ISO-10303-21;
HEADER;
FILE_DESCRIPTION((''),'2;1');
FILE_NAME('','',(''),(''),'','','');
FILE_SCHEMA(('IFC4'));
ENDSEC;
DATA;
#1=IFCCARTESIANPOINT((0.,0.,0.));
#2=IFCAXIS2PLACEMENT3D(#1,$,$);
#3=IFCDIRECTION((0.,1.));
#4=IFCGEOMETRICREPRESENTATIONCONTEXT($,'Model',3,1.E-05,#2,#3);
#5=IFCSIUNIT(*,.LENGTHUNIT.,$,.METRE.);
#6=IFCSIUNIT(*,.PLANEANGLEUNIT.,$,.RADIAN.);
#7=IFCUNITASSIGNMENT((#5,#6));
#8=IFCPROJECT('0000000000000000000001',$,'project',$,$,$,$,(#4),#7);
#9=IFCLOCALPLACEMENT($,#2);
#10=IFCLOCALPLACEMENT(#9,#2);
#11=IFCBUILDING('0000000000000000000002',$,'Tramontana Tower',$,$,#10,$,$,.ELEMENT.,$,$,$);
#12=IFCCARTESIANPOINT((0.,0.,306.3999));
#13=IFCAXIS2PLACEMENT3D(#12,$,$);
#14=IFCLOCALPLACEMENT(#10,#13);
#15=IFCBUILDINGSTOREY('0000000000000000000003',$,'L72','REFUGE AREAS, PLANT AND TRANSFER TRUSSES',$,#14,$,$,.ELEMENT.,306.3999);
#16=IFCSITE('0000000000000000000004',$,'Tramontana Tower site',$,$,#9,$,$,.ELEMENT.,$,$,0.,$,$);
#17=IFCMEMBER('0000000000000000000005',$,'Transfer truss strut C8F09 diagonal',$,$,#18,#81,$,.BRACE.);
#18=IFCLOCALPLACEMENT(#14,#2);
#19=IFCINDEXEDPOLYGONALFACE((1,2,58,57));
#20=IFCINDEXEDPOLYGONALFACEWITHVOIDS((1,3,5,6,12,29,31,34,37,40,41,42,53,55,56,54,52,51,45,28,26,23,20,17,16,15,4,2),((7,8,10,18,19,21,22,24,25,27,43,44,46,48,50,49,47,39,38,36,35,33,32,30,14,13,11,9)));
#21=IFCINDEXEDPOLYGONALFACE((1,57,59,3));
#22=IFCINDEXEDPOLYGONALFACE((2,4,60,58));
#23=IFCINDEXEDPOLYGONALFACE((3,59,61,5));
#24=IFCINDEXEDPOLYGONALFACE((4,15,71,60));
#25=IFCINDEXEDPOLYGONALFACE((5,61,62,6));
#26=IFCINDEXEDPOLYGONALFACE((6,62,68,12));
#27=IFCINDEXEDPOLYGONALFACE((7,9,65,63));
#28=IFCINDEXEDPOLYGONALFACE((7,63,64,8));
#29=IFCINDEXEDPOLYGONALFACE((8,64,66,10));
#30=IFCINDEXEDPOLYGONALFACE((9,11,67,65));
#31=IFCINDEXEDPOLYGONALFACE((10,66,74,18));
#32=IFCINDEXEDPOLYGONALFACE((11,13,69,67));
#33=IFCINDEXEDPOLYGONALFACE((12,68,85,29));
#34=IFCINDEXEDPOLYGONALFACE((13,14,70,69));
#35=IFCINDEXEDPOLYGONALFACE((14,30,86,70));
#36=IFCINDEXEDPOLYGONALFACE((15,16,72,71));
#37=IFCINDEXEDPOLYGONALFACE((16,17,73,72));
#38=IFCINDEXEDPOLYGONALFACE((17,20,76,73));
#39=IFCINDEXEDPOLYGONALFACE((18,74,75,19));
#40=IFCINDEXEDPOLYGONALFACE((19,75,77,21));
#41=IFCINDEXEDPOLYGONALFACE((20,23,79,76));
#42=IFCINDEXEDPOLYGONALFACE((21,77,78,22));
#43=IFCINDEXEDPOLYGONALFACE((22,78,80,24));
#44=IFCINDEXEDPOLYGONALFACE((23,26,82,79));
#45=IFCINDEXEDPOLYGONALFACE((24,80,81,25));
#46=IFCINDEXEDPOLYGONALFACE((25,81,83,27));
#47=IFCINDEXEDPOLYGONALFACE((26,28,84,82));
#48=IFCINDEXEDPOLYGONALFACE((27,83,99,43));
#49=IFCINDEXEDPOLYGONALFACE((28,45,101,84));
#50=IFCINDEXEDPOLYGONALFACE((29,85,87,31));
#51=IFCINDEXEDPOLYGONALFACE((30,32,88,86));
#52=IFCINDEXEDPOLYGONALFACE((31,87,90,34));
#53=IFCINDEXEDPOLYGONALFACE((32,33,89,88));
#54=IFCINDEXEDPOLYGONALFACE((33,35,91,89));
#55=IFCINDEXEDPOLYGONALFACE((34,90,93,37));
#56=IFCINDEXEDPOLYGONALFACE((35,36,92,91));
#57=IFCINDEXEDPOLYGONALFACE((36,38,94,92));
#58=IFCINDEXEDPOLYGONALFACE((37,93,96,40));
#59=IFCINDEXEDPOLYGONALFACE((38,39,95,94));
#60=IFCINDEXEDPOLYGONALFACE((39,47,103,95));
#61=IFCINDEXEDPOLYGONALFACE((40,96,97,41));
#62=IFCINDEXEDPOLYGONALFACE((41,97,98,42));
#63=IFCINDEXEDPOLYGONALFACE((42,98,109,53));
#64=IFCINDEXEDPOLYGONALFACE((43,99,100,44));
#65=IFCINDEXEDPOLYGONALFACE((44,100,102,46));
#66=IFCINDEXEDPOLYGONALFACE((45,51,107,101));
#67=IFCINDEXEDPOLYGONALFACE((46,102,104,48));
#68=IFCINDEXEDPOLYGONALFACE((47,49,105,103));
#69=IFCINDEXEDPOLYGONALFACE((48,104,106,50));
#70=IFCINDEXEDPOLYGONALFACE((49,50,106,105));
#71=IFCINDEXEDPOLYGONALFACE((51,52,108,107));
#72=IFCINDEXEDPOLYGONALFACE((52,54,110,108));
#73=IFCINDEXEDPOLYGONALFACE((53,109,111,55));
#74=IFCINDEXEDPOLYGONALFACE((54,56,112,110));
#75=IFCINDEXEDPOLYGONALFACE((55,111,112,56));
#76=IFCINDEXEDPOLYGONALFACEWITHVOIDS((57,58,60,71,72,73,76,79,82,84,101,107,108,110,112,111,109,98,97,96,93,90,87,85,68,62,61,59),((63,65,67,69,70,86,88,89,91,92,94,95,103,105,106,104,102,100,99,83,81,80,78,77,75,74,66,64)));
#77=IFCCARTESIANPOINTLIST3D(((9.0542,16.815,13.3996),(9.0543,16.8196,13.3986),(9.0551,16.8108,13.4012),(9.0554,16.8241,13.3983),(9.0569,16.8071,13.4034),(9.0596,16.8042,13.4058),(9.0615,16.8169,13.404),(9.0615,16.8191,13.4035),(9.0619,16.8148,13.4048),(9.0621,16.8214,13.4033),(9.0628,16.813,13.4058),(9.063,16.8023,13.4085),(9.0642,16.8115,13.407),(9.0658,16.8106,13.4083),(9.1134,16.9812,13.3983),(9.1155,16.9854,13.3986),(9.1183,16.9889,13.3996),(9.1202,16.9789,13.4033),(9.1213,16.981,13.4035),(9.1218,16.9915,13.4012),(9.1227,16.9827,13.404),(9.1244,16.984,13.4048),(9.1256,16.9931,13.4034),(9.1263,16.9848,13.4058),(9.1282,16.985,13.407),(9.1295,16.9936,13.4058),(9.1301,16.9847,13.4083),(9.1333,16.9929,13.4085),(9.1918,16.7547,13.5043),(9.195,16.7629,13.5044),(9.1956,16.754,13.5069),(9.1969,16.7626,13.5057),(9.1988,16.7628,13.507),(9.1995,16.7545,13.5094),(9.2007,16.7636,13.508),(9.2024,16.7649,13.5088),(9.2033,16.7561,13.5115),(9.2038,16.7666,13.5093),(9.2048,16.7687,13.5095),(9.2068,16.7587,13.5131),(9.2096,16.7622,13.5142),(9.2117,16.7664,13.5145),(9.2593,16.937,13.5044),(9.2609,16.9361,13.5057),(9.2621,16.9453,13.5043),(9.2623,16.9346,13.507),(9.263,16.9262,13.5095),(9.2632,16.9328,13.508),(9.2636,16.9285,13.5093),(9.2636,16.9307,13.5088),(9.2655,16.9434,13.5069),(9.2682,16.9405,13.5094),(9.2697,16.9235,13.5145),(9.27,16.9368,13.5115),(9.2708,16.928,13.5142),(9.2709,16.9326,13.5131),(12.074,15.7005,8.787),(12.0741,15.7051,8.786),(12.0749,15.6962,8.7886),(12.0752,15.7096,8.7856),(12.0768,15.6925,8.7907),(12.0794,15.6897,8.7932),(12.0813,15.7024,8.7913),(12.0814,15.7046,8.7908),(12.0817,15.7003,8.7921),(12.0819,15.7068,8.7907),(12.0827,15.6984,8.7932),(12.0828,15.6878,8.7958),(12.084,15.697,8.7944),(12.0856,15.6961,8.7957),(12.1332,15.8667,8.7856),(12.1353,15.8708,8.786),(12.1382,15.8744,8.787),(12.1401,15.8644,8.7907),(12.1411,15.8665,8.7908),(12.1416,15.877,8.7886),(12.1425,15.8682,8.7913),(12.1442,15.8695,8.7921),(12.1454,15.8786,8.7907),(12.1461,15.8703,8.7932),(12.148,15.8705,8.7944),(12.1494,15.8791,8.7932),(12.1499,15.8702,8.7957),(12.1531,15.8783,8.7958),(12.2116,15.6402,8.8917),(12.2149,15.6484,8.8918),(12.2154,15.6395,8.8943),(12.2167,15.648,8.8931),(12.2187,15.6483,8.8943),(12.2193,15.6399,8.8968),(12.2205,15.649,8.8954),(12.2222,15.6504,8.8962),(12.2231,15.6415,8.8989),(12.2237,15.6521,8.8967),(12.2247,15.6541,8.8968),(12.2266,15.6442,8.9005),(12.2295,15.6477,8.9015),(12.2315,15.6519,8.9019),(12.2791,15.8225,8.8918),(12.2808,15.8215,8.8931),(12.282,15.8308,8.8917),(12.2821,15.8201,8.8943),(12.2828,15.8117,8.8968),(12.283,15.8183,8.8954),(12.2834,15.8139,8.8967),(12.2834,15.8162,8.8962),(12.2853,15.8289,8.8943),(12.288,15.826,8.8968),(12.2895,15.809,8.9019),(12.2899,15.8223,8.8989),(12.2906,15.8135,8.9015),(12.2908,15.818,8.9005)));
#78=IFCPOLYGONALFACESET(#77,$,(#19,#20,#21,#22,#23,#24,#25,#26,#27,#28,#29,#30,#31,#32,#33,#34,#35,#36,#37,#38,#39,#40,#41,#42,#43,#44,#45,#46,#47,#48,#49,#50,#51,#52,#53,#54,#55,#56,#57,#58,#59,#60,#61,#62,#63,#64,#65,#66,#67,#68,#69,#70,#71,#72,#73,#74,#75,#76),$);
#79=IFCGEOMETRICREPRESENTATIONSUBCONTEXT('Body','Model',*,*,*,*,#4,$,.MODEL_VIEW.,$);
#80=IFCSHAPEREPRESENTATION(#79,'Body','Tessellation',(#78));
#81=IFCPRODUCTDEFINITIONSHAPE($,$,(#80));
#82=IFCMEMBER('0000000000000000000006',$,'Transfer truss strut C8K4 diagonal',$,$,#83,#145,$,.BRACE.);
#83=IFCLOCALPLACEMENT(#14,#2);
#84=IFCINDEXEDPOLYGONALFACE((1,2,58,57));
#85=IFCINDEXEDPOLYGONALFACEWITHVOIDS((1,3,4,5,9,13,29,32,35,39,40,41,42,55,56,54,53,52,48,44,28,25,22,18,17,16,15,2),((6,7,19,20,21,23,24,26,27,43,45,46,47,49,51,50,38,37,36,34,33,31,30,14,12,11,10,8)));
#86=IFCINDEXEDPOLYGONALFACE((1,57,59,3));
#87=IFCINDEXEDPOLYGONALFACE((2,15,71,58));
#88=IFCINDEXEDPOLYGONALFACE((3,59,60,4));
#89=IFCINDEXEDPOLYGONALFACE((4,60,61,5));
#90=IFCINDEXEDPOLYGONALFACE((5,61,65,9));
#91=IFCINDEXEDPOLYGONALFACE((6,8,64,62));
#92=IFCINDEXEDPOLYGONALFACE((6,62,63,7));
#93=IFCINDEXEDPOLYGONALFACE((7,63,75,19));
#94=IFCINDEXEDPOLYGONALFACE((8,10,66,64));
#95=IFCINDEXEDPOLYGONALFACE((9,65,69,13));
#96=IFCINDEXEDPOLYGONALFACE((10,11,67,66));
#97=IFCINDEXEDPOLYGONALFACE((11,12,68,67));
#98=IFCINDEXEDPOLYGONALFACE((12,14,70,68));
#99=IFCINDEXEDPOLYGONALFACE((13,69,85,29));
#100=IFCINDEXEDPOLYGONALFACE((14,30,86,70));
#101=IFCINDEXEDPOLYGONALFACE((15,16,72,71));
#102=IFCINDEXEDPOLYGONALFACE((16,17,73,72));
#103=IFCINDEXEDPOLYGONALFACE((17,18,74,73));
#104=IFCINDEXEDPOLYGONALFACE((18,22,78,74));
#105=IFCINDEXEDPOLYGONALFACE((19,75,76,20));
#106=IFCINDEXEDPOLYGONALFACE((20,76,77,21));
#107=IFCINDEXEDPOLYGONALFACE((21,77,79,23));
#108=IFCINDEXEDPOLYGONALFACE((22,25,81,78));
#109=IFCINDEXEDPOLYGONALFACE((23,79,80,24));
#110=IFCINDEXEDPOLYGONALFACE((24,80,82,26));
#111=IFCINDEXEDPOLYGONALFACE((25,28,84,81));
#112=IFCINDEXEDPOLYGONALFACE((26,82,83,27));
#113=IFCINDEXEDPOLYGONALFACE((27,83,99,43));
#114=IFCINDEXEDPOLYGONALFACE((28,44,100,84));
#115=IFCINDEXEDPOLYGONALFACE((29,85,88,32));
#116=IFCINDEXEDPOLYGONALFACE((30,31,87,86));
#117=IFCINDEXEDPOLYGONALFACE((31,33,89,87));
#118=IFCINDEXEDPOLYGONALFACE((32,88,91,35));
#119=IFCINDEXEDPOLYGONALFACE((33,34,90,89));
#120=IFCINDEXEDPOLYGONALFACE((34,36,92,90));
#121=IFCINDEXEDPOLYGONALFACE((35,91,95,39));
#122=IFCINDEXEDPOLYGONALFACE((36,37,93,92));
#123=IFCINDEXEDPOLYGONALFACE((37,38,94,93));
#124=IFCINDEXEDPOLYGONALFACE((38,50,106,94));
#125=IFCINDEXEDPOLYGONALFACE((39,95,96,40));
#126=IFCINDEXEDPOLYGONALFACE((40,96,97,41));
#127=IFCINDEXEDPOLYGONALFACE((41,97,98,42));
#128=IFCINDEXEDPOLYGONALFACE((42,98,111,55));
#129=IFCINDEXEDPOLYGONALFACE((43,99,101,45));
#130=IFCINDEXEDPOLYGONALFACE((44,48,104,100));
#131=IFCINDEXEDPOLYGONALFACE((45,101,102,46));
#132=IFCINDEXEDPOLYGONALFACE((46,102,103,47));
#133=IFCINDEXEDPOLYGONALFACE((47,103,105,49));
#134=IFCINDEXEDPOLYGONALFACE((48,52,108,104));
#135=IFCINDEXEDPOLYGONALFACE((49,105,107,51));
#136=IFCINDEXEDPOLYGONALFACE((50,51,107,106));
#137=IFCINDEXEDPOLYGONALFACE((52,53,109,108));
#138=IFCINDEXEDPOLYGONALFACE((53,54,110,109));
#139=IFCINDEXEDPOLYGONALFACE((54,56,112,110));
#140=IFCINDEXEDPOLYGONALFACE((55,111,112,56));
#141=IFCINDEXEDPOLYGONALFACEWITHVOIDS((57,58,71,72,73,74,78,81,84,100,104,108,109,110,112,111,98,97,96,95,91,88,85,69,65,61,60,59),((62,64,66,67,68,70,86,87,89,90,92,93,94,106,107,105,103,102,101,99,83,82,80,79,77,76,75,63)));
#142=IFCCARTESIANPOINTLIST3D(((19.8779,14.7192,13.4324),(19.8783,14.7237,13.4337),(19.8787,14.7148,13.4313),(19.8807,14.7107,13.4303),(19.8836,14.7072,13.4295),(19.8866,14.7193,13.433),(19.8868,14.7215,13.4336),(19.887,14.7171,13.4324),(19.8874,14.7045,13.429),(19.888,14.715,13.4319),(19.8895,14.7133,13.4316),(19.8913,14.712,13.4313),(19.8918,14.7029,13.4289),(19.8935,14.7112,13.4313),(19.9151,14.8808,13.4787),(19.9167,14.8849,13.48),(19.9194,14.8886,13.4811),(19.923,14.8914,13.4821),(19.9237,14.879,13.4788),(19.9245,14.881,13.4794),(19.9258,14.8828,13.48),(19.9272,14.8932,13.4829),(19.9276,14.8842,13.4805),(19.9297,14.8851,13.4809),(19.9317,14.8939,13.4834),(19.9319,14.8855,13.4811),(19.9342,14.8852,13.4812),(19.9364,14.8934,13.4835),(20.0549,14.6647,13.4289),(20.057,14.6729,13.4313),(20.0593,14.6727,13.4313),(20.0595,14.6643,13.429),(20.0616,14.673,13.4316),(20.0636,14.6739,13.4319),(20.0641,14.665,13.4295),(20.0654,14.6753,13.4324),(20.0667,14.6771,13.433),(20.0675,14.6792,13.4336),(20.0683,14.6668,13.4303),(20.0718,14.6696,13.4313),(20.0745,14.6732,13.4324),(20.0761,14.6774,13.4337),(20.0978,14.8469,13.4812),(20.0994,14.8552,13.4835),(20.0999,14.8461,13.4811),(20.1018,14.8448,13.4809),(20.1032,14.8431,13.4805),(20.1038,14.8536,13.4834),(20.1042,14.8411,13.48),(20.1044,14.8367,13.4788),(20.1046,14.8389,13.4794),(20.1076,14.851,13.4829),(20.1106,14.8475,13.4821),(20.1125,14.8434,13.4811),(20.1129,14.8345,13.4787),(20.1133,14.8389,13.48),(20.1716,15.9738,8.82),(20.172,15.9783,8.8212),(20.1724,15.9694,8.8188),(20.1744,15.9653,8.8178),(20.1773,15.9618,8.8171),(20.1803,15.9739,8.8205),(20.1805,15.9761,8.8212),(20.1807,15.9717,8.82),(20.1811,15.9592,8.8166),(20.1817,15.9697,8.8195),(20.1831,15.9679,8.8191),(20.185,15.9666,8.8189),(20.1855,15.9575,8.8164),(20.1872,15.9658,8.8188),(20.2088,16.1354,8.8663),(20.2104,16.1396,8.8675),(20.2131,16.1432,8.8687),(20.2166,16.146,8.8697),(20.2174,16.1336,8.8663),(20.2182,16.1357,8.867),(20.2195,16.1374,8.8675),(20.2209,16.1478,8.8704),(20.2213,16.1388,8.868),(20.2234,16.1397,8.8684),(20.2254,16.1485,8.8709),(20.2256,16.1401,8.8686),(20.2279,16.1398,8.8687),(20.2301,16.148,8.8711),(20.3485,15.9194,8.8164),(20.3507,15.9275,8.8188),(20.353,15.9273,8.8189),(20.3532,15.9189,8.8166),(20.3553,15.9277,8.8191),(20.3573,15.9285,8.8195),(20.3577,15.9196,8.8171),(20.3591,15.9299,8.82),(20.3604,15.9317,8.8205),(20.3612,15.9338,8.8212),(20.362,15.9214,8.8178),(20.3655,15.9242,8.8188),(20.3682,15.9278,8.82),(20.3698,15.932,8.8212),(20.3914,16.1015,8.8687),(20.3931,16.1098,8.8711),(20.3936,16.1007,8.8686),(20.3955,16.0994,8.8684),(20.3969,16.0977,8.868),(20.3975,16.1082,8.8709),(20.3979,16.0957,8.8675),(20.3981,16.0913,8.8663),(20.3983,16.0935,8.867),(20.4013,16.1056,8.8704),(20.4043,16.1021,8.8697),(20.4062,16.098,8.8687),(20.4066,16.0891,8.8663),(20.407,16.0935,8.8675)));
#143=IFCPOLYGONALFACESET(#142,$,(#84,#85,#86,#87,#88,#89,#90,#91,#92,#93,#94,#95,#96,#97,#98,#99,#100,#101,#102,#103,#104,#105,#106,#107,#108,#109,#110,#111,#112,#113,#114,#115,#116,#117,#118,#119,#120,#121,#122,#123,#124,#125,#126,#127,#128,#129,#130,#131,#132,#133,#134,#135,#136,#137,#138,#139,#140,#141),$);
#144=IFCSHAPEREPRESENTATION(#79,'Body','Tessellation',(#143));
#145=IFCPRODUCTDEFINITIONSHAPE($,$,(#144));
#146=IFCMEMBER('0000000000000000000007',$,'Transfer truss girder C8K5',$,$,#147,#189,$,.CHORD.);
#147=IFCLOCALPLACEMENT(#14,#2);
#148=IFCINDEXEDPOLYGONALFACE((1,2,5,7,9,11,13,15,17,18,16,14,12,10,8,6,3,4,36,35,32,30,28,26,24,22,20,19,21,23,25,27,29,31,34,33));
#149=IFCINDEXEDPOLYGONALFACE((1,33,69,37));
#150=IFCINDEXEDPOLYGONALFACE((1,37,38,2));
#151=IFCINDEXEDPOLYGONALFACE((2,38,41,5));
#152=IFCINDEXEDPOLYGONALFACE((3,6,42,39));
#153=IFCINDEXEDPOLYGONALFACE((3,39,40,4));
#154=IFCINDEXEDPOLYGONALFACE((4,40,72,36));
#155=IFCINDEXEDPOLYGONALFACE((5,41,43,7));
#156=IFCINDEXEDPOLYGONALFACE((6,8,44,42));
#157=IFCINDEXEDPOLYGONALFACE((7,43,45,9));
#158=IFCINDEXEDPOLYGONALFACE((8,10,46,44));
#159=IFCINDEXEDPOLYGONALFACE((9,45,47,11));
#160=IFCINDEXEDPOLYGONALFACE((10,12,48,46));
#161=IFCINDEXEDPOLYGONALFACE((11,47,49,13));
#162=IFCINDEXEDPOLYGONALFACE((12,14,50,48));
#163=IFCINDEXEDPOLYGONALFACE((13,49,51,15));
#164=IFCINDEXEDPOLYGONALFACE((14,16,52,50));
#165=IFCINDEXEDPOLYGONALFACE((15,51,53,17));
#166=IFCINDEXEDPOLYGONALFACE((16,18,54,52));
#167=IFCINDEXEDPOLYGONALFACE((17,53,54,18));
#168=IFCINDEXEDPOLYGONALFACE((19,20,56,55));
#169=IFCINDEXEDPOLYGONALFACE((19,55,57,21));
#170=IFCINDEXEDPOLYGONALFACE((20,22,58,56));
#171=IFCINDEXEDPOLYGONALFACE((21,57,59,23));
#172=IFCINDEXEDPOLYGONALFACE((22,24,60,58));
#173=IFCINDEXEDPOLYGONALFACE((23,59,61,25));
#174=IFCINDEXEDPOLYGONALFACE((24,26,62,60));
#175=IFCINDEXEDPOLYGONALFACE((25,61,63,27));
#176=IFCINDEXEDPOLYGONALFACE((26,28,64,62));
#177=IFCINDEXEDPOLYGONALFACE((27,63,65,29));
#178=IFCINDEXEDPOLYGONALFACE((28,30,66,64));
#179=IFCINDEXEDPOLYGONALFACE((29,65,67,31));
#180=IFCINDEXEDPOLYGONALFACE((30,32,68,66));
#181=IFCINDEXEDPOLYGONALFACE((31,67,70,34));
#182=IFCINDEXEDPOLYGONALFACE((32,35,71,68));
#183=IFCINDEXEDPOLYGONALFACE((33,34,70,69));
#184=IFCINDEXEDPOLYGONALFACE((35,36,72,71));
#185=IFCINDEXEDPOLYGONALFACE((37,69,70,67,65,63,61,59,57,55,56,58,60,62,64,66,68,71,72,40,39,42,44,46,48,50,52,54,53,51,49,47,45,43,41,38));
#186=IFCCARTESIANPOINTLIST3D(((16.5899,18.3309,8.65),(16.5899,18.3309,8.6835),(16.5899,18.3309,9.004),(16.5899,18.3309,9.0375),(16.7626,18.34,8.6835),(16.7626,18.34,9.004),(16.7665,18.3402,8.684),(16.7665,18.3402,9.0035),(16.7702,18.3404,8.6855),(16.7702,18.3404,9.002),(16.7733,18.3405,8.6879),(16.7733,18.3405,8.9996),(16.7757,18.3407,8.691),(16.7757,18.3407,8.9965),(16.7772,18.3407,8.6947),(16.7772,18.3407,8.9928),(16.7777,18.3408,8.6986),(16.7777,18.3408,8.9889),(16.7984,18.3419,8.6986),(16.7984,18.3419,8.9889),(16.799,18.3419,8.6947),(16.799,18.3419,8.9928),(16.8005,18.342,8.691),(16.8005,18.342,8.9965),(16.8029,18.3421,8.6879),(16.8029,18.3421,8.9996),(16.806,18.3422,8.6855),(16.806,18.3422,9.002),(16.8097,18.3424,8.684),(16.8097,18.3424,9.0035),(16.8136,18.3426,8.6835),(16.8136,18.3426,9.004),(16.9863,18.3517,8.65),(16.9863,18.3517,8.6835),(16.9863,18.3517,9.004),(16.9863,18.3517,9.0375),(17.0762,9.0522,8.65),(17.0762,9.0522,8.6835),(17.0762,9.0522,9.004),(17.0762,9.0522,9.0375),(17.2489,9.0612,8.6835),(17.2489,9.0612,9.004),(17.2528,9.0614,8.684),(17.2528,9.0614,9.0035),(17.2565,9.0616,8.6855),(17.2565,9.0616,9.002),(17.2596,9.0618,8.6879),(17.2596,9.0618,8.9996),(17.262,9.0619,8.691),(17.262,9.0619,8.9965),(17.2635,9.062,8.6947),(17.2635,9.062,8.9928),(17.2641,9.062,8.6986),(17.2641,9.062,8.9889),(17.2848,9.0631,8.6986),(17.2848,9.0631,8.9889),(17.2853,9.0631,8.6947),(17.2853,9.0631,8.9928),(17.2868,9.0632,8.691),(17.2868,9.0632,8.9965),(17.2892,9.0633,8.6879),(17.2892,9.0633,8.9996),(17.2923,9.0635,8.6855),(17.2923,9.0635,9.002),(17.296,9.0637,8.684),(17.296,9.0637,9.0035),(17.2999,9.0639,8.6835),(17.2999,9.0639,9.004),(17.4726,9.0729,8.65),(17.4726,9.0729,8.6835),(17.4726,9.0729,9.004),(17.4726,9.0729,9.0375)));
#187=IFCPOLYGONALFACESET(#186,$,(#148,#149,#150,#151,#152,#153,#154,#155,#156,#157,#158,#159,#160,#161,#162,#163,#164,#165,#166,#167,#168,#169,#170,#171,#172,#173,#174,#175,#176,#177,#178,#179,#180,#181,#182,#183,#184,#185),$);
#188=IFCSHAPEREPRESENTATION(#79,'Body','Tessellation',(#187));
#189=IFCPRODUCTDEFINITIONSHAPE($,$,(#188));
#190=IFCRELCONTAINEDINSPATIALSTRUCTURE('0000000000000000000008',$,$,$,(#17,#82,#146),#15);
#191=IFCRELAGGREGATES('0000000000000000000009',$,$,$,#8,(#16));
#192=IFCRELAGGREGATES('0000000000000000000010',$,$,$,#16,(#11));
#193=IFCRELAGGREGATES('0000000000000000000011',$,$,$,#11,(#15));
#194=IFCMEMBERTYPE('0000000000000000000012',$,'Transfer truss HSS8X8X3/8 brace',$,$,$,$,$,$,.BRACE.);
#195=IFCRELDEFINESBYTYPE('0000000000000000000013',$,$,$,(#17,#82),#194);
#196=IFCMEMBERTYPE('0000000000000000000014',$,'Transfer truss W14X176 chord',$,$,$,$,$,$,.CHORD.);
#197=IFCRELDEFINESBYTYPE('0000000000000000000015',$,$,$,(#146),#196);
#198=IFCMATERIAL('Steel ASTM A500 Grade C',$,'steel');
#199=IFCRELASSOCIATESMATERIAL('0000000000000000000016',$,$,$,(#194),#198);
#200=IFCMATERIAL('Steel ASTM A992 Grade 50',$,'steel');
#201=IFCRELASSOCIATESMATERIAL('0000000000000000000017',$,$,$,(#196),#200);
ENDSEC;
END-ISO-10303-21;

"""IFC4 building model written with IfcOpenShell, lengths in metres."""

from ifc_helpers import new_model, si_unit, direction, frame, origin, origin_2d, place, context, subcontext, project, spatial, hollow_rectangle, i_section, extrude, material, material_profile, profile_set, type_object, element, save


model = new_model("IFC4")

# Units and contexts
model_context = context("Model", 3, precision=1e-05, world=origin(), true_north=direction((0.0, 1.0)))
body_context = subcontext(model_context, "Body", "Model", "MODEL_VIEW")
ifc_project = project(units=[si_unit("LENGTHUNIT", "METRE"), si_unit("PLANEANGLEUNIT", "RADIAN")], contexts=[model_context])

# Site, building, storey
site_placement = place(None, origin())
site = spatial("IfcSite", under=ifc_project, at=site_placement, Name="Tramontana Tower site", CompositionType="ELEMENT", RefElevation=0.0)
building_placement = place(site_placement, origin())
building = spatial("IfcBuilding", under=site, at=building_placement, Name="Tramontana Tower", CompositionType="ELEMENT")
storey_placement = place(building_placement, frame((0.0, 0.0, 306.3999)))
storey = spatial("IfcBuildingStorey", under=building, at=storey_placement, Name="L72", Description="REFUGE AREAS, PLANT AND TRANSFER TRUSSES", CompositionType="ELEMENT", Elevation=306.3999)

# Members
ifc_material_1 = material(Name="Steel ASTM A500 Grade C", Category="steel")
ifc_material_profile_1 = material_profile(ifc_material_1, hollow_rectangle(XDim=0.2031, YDim=0.2031, WallThickness=0.0088, InnerFilletRadius=0.0088, OuterFilletRadius=0.0178, at=origin_2d()), Name="HSS8X8X3/8")
ifc_profile_set_1 = profile_set([ifc_material_profile_1], Name="Steel ASTM A500 Grade C")
member_type_1 = type_object("IfcMemberType", Name="Transfer truss HSS8X8X3/8 brace", PredefinedType="BRACE", material=ifc_profile_set_1)
member_1_placement = place(storey_placement, frame((12.1824, 15.7593, 8.8438), z_axis=(-0.536882, 0.198146, 0.820059), x_axis=(-0.34624, -0.938146, 0.0)))
element("IfcMember", 1, at=member_1_placement, inside=storey, type_object=member_type_1, Name="Transfer truss strut C8F09 diagonal", PredefinedType="BRACE", context=body_context, shape_type="SweptSolid", body=[
    extrude(hollow_rectangle(XDim=0.2031, YDim=0.2031, WallThickness=0.0088, InnerFilletRadius=0.0088, OuterFilletRadius=0.0178, at=origin_2d()), origin(), (0.0, 0.0, 1.0), 5.6248),
])
member_2_placement = place(storey_placement, frame((20.2893, 16.0337, 8.8438), z_axis=(-0.061326, -0.261975, 0.963124), x_axis=(0.973677, -0.22793, 0.0)))
element("IfcMember", 2, at=member_2_placement, inside=storey, type_object=member_type_1, Name="Transfer truss strut C8K4 diagonal", PredefinedType="BRACE", context=body_context, shape_type="SweptSolid", body=[
    extrude(hollow_rectangle(XDim=0.2031, YDim=0.2031, WallThickness=0.0088, InnerFilletRadius=0.0088, OuterFilletRadius=0.0178, at=origin_2d()), origin(), (0.0, 0.0, 1.0), 4.7891),
])
ifc_material_2 = material(Name="Steel ASTM A992 Grade 50", Category="steel")
ifc_material_profile_2 = material_profile(ifc_material_2, i_section(OverallWidth=0.397, OverallDepth=0.3875, WebThickness=0.0208, FlangeThickness=0.0334, FilletRadius=0.0151, at=origin_2d()), Name="W14X176")
ifc_profile_set_2 = profile_set([ifc_material_profile_2], Name="Steel ASTM A992 Grade 50")
member_type_2 = type_object("IfcMemberType", Name="Transfer truss W14X176 chord", PredefinedType="CHORD", material=ifc_profile_set_2)
member_3_placement = place(storey_placement, frame((16.7881, 18.3413, 8.8438), z_axis=(0.052341, -0.998629, 0.0), x_axis=(0.998629, 0.052341, 0.0)))
element("IfcMember", 3, at=member_3_placement, inside=storey, type_object=member_type_2, Name="Transfer truss girder C8K5", PredefinedType="CHORD", context=body_context, shape_type="SweptSolid", body=[
    extrude(i_section(OverallWidth=0.397, OverallDepth=0.3875, WebThickness=0.0208, FlangeThickness=0.0334, FilletRadius=0.0151, at=origin_2d()), origin(), (0.0, 0.0, 1.0), 9.2915),
])

save(model, "model.ifc")
